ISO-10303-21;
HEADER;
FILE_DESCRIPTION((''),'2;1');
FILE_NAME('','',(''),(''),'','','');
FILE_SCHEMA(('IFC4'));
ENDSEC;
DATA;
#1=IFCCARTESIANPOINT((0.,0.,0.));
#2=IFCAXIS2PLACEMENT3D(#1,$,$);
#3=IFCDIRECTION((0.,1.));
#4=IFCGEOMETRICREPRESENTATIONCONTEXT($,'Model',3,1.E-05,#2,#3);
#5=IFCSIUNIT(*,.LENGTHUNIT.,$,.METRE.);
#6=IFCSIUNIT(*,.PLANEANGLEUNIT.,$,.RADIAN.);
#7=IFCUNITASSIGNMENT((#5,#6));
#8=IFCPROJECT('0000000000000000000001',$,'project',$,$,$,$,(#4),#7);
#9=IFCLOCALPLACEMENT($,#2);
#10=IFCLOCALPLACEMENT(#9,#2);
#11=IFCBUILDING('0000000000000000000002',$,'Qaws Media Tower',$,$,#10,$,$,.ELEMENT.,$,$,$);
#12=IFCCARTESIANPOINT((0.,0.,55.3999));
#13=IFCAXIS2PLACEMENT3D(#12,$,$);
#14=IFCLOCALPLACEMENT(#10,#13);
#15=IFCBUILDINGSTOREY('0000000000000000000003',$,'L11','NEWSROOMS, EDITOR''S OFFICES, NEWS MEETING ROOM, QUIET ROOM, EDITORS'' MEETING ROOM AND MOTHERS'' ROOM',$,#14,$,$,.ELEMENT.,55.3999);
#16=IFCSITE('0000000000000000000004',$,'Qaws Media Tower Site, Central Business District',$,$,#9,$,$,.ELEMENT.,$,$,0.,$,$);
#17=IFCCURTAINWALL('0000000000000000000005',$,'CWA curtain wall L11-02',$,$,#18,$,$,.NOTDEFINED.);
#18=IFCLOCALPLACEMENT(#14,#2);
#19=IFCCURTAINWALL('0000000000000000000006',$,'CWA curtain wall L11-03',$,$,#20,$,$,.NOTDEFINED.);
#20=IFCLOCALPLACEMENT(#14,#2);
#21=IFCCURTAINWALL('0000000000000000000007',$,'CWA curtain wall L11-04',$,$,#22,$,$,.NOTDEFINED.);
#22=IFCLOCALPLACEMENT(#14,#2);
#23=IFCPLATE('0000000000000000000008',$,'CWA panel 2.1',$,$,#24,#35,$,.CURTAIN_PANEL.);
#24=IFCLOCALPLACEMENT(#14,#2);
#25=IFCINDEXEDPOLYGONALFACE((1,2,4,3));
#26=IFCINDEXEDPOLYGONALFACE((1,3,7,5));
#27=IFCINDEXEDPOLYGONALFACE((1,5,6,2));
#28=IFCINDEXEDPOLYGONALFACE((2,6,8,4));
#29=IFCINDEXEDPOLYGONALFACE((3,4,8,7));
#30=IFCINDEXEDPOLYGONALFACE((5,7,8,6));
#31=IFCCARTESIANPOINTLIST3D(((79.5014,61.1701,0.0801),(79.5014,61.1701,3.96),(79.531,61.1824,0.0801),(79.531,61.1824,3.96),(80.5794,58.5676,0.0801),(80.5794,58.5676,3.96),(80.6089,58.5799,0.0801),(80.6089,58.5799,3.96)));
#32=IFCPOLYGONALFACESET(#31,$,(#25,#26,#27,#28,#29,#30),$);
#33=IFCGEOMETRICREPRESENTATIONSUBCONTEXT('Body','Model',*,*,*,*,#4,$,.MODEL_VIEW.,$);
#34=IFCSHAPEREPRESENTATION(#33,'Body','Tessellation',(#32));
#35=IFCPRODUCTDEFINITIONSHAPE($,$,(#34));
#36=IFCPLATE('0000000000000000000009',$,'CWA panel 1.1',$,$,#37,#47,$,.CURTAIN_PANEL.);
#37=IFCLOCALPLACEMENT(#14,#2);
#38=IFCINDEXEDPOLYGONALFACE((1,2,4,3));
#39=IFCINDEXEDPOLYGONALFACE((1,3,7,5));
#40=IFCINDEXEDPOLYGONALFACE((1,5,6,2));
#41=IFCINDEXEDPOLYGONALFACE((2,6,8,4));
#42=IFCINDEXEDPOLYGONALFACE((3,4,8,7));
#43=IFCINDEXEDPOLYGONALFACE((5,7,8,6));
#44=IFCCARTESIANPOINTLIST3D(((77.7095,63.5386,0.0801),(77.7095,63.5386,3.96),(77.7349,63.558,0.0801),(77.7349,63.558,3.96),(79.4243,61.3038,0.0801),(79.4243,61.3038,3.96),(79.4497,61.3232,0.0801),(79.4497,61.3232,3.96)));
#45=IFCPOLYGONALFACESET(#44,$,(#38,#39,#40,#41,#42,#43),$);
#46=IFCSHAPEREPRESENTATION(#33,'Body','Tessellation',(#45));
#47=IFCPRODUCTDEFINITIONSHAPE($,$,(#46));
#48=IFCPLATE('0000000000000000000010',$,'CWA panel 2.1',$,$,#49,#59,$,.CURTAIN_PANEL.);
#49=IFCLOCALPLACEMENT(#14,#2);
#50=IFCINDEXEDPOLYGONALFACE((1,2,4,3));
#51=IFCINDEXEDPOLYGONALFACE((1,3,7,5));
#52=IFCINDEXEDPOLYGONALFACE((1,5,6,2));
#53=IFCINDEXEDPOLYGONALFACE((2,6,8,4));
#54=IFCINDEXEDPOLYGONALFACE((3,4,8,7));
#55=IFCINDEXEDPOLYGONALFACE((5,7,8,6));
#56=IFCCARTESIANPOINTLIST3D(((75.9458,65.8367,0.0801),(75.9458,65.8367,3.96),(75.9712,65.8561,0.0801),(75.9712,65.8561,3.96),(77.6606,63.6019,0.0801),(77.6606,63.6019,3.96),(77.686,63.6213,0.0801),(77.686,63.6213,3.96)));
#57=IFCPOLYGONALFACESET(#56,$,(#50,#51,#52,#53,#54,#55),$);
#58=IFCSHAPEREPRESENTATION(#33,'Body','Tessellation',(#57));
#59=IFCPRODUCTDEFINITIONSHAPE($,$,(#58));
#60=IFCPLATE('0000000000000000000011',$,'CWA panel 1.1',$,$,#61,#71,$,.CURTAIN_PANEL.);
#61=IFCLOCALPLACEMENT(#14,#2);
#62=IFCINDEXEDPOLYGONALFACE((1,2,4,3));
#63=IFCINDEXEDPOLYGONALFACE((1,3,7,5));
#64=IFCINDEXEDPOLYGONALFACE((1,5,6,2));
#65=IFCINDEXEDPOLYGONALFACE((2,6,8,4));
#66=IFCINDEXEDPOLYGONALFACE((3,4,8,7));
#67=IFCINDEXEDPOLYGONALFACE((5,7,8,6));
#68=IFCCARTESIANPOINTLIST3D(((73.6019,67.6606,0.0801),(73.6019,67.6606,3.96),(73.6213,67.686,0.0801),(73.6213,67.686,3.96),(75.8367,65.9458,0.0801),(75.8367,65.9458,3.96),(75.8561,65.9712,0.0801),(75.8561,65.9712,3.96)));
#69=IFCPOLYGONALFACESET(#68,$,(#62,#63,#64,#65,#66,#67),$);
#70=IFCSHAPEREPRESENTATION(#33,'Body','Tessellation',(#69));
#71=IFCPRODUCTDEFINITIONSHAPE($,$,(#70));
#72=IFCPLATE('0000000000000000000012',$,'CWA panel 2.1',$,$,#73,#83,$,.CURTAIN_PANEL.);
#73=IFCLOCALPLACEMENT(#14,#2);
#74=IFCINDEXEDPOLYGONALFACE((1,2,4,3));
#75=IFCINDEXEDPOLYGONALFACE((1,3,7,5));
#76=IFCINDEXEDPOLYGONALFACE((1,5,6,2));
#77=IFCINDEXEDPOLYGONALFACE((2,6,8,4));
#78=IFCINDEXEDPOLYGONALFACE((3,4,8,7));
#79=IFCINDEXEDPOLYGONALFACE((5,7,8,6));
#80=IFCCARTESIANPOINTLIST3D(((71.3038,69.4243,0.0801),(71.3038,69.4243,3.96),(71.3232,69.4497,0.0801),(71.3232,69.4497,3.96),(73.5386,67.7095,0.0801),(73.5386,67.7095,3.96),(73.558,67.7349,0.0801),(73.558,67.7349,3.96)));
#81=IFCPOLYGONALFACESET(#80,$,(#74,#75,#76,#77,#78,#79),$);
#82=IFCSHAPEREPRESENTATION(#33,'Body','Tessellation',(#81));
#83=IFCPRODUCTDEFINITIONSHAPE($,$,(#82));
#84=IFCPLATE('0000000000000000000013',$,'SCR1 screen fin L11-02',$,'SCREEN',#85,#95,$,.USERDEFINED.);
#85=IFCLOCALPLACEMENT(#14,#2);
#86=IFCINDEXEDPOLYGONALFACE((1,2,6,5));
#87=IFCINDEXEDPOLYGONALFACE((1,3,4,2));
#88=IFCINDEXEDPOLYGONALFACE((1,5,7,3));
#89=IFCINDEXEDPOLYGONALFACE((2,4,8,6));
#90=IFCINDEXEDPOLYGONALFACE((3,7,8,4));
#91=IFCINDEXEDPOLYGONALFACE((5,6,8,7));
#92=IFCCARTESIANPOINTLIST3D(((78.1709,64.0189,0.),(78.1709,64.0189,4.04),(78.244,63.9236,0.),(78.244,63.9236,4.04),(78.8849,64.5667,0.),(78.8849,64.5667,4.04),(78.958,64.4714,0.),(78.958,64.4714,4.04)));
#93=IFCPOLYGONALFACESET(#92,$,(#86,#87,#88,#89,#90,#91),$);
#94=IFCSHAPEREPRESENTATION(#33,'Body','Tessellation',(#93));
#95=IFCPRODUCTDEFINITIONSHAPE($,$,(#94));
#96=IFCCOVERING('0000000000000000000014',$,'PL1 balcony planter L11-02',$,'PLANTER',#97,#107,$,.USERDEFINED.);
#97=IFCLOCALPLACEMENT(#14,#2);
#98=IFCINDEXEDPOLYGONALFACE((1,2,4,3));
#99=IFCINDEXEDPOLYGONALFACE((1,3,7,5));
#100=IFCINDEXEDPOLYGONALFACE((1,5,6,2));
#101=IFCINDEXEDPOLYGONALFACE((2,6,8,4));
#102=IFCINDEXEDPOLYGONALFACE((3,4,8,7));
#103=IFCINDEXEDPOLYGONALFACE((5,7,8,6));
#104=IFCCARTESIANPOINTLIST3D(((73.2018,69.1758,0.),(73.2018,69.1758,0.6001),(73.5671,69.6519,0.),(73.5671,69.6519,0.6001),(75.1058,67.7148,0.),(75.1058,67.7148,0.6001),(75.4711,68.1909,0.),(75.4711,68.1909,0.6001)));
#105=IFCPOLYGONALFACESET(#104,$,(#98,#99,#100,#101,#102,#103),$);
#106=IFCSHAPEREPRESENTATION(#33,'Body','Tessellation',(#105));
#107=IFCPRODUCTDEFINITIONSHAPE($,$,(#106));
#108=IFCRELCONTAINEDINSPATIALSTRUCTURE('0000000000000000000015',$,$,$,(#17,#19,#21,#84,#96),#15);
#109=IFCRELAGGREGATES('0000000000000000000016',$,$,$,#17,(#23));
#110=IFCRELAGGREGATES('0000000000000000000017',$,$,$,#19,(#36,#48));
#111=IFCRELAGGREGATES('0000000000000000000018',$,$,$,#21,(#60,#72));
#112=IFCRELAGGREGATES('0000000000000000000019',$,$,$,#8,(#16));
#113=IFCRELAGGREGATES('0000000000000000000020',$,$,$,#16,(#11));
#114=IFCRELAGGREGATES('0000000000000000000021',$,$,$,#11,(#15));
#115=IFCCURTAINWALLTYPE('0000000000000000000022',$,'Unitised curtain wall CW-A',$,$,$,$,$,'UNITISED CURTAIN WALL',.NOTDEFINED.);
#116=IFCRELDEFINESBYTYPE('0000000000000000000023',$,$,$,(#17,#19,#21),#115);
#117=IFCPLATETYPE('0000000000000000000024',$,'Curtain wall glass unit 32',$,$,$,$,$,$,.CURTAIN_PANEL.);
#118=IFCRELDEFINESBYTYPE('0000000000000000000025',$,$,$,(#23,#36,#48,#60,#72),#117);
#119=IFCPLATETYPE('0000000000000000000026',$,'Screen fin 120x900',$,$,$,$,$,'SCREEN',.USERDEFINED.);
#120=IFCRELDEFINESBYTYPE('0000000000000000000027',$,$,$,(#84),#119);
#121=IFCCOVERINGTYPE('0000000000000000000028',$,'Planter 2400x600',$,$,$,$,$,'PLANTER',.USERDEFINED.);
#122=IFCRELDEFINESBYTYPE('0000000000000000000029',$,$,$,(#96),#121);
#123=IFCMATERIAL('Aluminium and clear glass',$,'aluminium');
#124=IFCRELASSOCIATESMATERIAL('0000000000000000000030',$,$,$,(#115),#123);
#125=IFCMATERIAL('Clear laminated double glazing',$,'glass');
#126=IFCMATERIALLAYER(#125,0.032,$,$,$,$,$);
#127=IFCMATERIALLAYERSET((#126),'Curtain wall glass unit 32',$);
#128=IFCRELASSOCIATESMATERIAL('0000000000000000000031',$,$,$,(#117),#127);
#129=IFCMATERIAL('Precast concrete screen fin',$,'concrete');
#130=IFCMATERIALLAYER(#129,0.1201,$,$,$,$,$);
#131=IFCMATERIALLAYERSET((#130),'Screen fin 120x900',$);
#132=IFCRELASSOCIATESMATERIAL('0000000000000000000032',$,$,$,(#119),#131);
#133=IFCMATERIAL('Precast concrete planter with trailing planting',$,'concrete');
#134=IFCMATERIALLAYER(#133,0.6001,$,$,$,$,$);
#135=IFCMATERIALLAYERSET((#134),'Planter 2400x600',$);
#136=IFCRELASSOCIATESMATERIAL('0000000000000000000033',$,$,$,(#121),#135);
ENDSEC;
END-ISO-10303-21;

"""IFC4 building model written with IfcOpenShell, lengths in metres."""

from ifc_helpers import new_model, si_unit, direction, frame, origin, origin_2d, place, context, subcontext, project, spatial, rectangle, extrude, material, layer, layer_set, type_object, element, aggregate, save


model = new_model("IFC4")

# Units and contexts
model_context = context("Model", 3, precision=1e-05, world=origin(), true_north=direction((0.0, 1.0)))
body_context = subcontext(model_context, "Body", "Model", "MODEL_VIEW")
ifc_project = project(units=[si_unit("LENGTHUNIT", "METRE"), si_unit("PLANEANGLEUNIT", "RADIAN")], contexts=[model_context])

# Site, building, storey
site_placement = place(None, origin())
site = spatial("IfcSite", under=ifc_project, at=site_placement, Name="Qaws Media Tower Site, Central Business District", CompositionType="ELEMENT", RefElevation=0.0)
building_placement = place(site_placement, origin())
building = spatial("IfcBuilding", under=site, at=building_placement, Name="Qaws Media Tower", CompositionType="ELEMENT")
storey_placement = place(building_placement, frame((0.0, 0.0, 55.3999)))
storey = spatial("IfcBuildingStorey", under=building, at=storey_placement, Name="L11", Description="NEWSROOMS, EDITOR'S OFFICES, NEWS MEETING ROOM, QUIET ROOM, EDITORS' MEETING ROOM AND MOTHERS' ROOM", CompositionType="ELEMENT", Elevation=55.3999)

# Curtain wall
ifc_material_1 = material(Name="Aluminium and clear glass", Category="aluminium")
curtain_wall_type = type_object("IfcCurtainWallType", Name="Unitised curtain wall CW-A", ElementType="UNITISED CURTAIN WALL", PredefinedType="NOTDEFINED", material=ifc_material_1)
curtain_wall_1_placement = place(storey_placement, origin())
curtain_wall_1 = element("IfcCurtainWall", 1, at=curtain_wall_1_placement, inside=storey, type_object=curtain_wall_type, Name="CWA curtain wall L11-02", PredefinedType="NOTDEFINED")

# Curtain walls
curtain_wall_2_placement = place(storey_placement, origin())
curtain_wall_2 = element("IfcCurtainWall", 2, at=curtain_wall_2_placement, inside=storey, type_object=curtain_wall_type, Name="CWA curtain wall L11-03", PredefinedType="NOTDEFINED")
curtain_wall_3_placement = place(storey_placement, origin())
curtain_wall_3 = element("IfcCurtainWall", 3, at=curtain_wall_3_placement, inside=storey, type_object=curtain_wall_type, Name="CWA curtain wall L11-04", PredefinedType="NOTDEFINED")

# Plates
ifc_material_2 = material(Name="Clear laminated double glazing", Category="glass")
ifc_layer_1 = layer(ifc_material_2, 0.032)
ifc_layer_set_1 = layer_set([ifc_layer_1], Name="Curtain wall glass unit 32")
plate_type_1 = type_object("IfcPlateType", Name="Curtain wall glass unit 32", PredefinedType="CURTAIN_PANEL", material=ifc_layer_set_1)
plate_1_placement = place(storey_placement, frame((80.0552, 59.875, 0.0801), z_axis=(0.0, 0.0, 1.0), x_axis=(-0.382683, 0.92388, 0.0)))
plate_1 = element("IfcPlate", 4, at=plate_1_placement, type_object=plate_type_1, Name="CWA panel 2.1", PredefinedType="CURTAIN_PANEL", context=body_context, shape_type="SweptSolid", body=[
    extrude(rectangle(XDim=2.8169, YDim=0.032, at=origin_2d()), origin(), (0.0, 0.0, 1.0), 3.8799),
])
aggregate(curtain_wall_1, [plate_1])
plate_2_placement = place(storey_placement, frame((78.5796, 62.4309, 0.0801), z_axis=(0.0, 0.0, 1.0), x_axis=(-0.608761, 0.793353, 0.0)))
plate_2 = element("IfcPlate", 5, at=plate_2_placement, type_object=plate_type_1, Name="CWA panel 1.1", PredefinedType="CURTAIN_PANEL", context=body_context, shape_type="SweptSolid", body=[
    extrude(rectangle(XDim=2.8169, YDim=0.032, at=origin_2d()), origin(), (0.0, 0.0, 1.0), 3.8799),
])
plate_3_placement = place(storey_placement, frame((76.8159, 64.729, 0.0801), z_axis=(0.0, 0.0, 1.0), x_axis=(-0.608761, 0.793353, 0.0)))
plate_3 = element("IfcPlate", 6, at=plate_3_placement, type_object=plate_type_1, Name="CWA panel 2.1", PredefinedType="CURTAIN_PANEL", context=body_context, shape_type="SweptSolid", body=[
    extrude(rectangle(XDim=2.8169, YDim=0.032, at=origin_2d()), origin(), (0.0, 0.0, 1.0), 3.8799),
])
aggregate(curtain_wall_2, [plate_2, plate_3])
plate_4_placement = place(storey_placement, frame((74.729, 66.8159, 0.0801), z_axis=(0.0, 0.0, 1.0), x_axis=(-0.793353, 0.608761, 0.0)))
plate_4 = element("IfcPlate", 7, at=plate_4_placement, type_object=plate_type_1, Name="CWA panel 1.1", PredefinedType="CURTAIN_PANEL", context=body_context, shape_type="SweptSolid", body=[
    extrude(rectangle(XDim=2.8169, YDim=0.032, at=origin_2d()), origin(), (0.0, 0.0, 1.0), 3.8799),
])
plate_5_placement = place(storey_placement, frame((72.4309, 68.5796, 0.0801), z_axis=(0.0, 0.0, 1.0), x_axis=(-0.793353, 0.608761, 0.0)))
plate_5 = element("IfcPlate", 8, at=plate_5_placement, type_object=plate_type_1, Name="CWA panel 2.1", PredefinedType="CURTAIN_PANEL", context=body_context, shape_type="SweptSolid", body=[
    extrude(rectangle(XDim=2.8169, YDim=0.032, at=origin_2d()), origin(), (0.0, 0.0, 1.0), 3.8799),
])
aggregate(curtain_wall_3, [plate_4, plate_5])
ifc_material_3 = material(Name="Precast concrete screen fin", Category="concrete")
ifc_layer_2 = layer(ifc_material_3, 0.1201)
ifc_layer_set_2 = layer_set([ifc_layer_2], Name="Screen fin 120x900")
plate_type_2 = type_object("IfcPlateType", Name="Screen fin 120x900", ElementType="SCREEN", PredefinedType="USERDEFINED", material=ifc_layer_set_2)
plate_6_placement = place(storey_placement, frame((78.5645, 64.2451, 0.0), z_axis=(0.0, 0.0, 1.0), x_axis=(0.793353, 0.608761, 0.0)))
element("IfcPlate", 9, at=plate_6_placement, inside=storey, type_object=plate_type_2, Name="SCR1 screen fin L11-02", ObjectType="SCREEN", PredefinedType="USERDEFINED", context=body_context, shape_type="SweptSolid", body=[
    extrude(rectangle(XDim=0.8999, YDim=0.1201, at=origin_2d()), origin(), (0.0, 0.0, 1.0), 4.04),
])

# Covering
ifc_material_4 = material(Name="Precast concrete planter with trailing planting", Category="concrete")
ifc_layer_3 = layer(ifc_material_4, 0.6001)
ifc_layer_set_3 = layer_set([ifc_layer_3], Name="Planter 2400x600")
covering_type = type_object("IfcCoveringType", Name="Planter 2400x600", ElementType="PLANTER", PredefinedType="USERDEFINED", material=ifc_layer_set_3)
covering_placement = place(storey_placement, frame((74.3364, 68.6833, 0.0), z_axis=(0.0, 0.0, 1.0), x_axis=(-0.793353, 0.608761, 0.0)))
element("IfcCovering", 10, at=covering_placement, inside=storey, type_object=covering_type, Name="PL1 balcony planter L11-02", ObjectType="PLANTER", PredefinedType="USERDEFINED", context=body_context, shape_type="SweptSolid", body=[
    extrude(rectangle(XDim=2.3999, YDim=0.6001, at=origin_2d()), origin(), (0.0, 0.0, 1.0), 0.6001),
])

save(model, "model.ifc")
